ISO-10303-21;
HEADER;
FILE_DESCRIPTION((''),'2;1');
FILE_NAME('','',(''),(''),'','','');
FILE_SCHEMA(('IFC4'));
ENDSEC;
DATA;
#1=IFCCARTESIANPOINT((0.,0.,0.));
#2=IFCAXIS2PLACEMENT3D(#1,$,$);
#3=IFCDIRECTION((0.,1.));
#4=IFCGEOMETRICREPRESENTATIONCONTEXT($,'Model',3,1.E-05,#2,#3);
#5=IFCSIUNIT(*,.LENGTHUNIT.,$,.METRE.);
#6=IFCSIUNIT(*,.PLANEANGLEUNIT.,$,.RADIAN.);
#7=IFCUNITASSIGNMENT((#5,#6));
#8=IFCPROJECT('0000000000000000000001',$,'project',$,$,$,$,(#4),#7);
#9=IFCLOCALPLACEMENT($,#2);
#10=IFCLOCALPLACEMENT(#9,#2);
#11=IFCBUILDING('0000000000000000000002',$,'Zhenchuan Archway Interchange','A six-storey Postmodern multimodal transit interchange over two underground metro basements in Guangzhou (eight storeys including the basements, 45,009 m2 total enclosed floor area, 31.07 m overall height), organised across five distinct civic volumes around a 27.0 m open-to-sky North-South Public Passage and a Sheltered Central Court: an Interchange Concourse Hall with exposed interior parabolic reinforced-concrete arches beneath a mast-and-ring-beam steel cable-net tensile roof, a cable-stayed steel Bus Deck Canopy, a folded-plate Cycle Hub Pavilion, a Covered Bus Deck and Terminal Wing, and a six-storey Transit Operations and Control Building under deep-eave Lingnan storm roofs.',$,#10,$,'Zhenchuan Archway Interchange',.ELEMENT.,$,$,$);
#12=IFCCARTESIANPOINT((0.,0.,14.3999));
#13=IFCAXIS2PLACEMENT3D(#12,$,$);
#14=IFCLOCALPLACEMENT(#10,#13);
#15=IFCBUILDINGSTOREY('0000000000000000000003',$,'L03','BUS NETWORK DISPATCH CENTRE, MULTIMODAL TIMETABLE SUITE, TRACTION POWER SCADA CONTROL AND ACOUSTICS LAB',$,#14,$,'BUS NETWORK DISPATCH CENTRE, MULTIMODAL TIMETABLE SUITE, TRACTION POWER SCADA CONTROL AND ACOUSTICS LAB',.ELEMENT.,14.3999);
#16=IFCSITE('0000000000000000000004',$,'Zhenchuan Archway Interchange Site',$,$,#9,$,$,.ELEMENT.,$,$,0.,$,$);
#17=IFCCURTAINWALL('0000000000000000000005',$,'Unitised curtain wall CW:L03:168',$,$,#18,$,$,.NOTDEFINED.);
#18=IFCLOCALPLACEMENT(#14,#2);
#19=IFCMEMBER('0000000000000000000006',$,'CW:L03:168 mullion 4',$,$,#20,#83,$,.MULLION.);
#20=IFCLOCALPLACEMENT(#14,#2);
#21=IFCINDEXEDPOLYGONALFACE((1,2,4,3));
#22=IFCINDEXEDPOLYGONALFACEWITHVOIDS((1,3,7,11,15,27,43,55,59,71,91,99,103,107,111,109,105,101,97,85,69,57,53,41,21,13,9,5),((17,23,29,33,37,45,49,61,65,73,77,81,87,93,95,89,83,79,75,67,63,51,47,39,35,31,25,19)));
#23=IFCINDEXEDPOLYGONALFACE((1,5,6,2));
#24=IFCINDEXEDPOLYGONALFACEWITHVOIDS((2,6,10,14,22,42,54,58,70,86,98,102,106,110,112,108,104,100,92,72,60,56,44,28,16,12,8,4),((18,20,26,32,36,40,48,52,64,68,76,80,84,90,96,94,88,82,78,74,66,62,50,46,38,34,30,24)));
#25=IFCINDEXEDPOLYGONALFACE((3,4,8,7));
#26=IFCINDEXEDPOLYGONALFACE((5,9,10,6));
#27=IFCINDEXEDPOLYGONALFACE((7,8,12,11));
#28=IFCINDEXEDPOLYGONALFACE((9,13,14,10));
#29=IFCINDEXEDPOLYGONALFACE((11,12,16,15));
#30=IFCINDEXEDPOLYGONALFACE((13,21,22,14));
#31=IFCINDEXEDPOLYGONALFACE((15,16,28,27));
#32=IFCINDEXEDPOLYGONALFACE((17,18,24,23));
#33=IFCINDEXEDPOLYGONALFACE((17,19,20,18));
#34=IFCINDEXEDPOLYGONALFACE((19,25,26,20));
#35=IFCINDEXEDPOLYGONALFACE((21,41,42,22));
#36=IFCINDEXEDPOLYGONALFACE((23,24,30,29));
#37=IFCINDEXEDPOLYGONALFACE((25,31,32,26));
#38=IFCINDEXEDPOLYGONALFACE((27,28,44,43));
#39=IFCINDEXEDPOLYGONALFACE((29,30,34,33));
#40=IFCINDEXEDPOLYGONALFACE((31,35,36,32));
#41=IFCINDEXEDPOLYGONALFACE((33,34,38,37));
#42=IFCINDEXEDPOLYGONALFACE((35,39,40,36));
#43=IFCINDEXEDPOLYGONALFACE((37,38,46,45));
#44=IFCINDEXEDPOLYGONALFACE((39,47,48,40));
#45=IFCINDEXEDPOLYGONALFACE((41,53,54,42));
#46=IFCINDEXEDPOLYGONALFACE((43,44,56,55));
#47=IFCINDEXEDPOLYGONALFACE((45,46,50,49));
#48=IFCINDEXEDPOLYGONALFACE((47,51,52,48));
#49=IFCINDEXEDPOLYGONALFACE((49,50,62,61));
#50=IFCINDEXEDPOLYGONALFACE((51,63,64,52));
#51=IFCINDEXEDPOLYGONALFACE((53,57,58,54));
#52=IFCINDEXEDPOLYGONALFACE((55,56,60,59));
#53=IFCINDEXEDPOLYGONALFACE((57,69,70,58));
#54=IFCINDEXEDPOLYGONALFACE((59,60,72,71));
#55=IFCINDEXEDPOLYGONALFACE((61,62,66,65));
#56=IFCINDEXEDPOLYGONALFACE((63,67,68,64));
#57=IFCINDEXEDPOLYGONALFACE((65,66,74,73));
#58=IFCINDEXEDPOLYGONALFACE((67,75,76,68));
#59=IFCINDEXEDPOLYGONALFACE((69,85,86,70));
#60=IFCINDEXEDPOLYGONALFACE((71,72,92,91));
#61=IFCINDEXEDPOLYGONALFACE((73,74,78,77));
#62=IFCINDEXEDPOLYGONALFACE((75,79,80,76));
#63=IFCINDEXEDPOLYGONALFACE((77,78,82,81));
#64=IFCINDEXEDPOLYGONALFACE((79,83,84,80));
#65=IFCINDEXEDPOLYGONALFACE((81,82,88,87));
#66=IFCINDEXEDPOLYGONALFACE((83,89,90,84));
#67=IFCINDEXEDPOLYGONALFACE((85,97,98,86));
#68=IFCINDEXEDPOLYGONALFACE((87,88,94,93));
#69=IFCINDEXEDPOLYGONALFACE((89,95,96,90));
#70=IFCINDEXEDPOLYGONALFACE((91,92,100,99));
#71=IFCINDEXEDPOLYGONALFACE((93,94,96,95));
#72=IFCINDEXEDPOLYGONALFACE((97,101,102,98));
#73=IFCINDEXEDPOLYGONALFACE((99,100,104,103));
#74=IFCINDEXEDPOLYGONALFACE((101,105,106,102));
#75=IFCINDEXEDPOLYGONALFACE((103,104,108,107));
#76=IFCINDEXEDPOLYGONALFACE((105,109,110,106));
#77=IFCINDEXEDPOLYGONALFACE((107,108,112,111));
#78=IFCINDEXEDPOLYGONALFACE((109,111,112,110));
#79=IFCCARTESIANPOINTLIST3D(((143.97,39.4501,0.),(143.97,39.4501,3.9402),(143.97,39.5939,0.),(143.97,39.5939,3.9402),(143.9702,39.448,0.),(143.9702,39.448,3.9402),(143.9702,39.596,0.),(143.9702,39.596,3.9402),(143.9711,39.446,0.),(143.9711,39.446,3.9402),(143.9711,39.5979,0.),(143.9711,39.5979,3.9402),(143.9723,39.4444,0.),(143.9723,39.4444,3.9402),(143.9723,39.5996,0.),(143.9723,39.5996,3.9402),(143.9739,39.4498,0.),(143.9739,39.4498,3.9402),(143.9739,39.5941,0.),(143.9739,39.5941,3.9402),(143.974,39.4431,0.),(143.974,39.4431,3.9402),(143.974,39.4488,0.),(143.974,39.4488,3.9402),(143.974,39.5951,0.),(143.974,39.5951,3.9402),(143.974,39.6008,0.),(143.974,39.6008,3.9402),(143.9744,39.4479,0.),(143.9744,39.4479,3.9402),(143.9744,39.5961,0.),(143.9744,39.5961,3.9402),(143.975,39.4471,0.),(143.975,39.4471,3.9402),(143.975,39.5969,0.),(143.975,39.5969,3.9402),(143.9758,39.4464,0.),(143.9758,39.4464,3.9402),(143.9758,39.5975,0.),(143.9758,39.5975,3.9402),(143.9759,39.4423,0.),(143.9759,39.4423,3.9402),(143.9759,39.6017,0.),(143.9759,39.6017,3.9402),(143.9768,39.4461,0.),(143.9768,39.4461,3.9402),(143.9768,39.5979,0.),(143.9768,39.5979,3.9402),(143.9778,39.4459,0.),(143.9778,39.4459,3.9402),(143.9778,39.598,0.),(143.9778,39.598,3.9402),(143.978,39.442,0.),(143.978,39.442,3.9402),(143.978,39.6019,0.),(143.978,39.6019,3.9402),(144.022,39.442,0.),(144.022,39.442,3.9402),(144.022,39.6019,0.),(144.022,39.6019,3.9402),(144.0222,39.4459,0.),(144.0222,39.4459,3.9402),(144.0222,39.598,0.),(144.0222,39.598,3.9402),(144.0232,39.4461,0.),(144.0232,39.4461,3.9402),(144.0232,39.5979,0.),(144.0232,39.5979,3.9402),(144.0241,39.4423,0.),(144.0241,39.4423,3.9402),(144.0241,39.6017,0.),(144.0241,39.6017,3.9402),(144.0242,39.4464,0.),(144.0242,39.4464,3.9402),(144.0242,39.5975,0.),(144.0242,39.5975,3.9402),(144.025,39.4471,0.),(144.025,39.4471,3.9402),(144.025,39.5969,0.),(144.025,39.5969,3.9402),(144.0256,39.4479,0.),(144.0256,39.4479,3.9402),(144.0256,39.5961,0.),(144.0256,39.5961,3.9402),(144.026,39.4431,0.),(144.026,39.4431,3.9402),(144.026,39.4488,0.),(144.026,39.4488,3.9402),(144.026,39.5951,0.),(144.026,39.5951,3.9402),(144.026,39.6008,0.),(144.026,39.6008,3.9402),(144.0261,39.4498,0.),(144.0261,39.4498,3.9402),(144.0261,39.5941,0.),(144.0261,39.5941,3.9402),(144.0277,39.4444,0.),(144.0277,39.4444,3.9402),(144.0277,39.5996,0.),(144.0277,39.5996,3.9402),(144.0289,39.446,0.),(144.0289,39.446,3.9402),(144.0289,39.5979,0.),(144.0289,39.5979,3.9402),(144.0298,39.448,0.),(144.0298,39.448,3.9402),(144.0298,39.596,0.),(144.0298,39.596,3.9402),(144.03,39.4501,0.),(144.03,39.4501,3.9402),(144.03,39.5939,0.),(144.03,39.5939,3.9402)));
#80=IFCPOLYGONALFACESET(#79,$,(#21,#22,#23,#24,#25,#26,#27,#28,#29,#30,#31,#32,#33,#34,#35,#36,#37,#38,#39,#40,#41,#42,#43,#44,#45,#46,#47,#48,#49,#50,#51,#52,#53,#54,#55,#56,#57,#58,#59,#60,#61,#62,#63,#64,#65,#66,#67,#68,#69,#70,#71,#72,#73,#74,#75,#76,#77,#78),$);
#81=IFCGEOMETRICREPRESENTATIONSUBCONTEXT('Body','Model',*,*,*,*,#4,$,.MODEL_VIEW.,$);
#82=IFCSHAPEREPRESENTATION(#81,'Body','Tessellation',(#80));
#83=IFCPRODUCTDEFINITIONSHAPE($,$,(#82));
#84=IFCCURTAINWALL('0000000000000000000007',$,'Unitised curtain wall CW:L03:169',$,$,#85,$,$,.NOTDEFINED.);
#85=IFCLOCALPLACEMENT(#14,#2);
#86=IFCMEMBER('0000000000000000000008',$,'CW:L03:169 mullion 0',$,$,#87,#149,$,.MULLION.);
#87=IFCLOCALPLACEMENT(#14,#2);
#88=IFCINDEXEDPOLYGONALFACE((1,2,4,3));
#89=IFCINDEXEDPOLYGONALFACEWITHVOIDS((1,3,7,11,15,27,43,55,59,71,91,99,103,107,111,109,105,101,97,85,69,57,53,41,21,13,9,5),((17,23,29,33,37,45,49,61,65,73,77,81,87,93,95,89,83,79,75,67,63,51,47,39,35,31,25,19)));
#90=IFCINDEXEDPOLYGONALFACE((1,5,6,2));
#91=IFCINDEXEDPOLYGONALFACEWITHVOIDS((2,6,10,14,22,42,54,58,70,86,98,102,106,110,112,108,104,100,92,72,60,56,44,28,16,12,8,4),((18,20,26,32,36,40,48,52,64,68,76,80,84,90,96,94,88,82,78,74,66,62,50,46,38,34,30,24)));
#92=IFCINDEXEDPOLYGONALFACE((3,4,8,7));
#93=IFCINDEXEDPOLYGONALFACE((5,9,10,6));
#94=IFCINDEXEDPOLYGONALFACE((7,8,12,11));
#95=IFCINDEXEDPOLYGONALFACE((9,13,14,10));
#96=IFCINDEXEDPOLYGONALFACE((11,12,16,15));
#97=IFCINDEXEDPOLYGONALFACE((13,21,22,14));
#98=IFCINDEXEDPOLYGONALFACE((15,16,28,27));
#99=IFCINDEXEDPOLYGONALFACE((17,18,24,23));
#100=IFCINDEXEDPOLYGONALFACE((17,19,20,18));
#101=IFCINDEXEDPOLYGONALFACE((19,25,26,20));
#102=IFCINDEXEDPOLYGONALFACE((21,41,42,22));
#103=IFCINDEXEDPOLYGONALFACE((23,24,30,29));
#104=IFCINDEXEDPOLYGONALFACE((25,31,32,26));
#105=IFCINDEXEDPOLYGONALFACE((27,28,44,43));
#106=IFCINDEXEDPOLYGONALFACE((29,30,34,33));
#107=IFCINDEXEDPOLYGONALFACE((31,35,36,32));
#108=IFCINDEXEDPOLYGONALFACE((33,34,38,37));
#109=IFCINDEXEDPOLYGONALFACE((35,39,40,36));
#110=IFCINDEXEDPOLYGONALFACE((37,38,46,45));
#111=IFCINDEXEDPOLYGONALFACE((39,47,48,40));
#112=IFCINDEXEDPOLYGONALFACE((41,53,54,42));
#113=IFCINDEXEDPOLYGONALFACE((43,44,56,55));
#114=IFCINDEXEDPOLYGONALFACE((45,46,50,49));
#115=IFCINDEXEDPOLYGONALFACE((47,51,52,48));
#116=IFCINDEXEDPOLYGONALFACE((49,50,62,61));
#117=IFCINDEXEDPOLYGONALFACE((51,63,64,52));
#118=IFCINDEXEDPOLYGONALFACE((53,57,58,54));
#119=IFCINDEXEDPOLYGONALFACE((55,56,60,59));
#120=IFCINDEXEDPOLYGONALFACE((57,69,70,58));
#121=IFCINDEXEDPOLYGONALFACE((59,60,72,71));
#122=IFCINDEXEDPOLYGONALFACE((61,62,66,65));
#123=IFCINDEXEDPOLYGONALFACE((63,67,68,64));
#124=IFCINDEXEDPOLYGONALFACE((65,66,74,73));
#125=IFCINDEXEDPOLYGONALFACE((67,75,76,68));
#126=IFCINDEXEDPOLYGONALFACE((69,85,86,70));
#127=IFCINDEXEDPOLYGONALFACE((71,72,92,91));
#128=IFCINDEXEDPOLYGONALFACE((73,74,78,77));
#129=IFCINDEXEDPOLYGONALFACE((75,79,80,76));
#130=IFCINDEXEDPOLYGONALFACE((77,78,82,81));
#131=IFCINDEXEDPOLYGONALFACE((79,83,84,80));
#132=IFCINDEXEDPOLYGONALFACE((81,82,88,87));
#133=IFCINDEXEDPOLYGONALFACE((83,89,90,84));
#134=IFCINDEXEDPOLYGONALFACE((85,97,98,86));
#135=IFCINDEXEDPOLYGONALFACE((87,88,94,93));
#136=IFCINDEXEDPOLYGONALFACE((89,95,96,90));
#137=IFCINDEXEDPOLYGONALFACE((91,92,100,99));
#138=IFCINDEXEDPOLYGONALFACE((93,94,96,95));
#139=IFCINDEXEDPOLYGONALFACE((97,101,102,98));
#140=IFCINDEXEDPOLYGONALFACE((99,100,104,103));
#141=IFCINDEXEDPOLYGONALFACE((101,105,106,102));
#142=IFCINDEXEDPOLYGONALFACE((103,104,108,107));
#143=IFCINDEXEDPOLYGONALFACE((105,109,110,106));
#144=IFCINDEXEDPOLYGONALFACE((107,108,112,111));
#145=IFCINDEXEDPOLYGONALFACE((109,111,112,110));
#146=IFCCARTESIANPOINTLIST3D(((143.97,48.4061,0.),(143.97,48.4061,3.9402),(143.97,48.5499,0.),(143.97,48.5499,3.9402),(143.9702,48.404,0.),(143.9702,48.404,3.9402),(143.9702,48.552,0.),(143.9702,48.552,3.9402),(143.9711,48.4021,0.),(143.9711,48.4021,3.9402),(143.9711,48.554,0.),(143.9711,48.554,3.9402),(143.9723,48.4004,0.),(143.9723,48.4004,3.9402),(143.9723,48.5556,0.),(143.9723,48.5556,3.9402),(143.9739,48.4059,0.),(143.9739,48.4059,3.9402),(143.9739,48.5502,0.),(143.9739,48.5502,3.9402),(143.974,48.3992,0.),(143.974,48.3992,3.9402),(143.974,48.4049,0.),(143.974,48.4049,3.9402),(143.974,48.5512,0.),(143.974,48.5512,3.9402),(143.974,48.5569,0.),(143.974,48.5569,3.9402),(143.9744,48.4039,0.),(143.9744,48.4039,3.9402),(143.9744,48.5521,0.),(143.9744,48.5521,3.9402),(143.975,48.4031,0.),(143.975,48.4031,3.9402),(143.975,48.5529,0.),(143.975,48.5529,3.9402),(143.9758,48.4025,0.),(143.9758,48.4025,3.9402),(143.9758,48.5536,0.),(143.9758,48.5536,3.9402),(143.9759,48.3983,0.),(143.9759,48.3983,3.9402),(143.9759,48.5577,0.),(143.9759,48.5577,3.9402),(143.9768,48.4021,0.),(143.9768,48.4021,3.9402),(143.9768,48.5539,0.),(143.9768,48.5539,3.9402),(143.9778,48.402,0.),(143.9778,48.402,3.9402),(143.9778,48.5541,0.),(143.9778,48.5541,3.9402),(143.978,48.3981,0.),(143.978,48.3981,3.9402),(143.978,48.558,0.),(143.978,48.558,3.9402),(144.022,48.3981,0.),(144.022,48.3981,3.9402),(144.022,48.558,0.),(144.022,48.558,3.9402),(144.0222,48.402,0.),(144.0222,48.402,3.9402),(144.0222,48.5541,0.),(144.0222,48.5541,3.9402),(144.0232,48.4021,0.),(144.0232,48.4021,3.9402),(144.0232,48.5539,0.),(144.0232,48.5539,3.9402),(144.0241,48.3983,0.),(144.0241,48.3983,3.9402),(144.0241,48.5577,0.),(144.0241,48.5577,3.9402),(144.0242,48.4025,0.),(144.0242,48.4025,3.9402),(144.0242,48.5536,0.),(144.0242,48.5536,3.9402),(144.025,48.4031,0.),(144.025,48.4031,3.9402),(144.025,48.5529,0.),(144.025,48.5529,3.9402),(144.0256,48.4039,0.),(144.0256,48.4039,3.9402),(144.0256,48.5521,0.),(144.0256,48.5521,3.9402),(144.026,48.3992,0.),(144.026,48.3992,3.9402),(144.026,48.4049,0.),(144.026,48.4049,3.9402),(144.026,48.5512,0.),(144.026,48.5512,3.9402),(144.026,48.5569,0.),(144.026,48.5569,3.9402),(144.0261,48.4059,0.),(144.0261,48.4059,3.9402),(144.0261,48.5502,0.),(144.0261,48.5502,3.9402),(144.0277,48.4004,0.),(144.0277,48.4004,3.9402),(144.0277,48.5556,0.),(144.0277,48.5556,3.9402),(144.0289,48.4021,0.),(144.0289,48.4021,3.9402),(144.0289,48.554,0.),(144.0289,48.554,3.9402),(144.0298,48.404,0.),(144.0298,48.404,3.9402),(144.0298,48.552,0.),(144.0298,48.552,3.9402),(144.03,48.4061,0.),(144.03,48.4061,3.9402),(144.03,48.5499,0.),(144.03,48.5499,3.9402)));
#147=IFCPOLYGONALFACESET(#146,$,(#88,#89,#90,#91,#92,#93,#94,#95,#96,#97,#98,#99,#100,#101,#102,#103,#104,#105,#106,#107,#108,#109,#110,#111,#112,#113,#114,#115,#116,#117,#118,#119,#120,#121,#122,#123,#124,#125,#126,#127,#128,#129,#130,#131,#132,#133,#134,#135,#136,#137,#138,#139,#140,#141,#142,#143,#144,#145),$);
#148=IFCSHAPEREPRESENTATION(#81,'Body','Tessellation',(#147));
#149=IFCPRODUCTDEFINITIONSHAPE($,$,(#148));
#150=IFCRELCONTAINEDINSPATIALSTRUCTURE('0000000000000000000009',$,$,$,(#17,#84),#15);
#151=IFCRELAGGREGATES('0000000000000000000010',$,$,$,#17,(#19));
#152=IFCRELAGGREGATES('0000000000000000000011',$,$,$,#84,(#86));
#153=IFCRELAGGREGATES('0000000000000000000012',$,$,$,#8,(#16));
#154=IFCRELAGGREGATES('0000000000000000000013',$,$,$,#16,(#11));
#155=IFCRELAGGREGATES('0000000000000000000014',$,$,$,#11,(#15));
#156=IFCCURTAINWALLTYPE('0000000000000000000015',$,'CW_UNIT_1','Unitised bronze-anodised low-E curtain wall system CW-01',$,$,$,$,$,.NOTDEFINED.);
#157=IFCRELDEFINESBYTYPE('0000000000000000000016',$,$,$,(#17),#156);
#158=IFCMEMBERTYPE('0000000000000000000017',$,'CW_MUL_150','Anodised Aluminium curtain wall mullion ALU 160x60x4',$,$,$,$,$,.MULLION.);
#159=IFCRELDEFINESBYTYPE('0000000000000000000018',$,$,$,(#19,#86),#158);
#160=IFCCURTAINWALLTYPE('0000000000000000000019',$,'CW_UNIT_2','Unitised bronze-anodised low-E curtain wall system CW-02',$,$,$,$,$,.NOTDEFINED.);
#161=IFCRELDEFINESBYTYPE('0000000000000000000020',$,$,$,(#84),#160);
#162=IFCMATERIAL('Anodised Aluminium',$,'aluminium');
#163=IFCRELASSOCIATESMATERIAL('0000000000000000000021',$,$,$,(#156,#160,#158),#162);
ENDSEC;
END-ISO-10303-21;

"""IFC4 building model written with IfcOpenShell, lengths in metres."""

from ifc_helpers import new_model, si_unit, direction, frame, origin, origin_2d, place, context, subcontext, project, spatial, hollow_rectangle, extrude, material, material_profile, profile_set, type_object, element, aggregate, save


model = new_model("IFC4")

# Units and contexts
model_context = context("Model", 3, precision=1e-05, world=origin(), true_north=direction((0.0, 1.0)))
body_context = subcontext(model_context, "Body", "Model", "MODEL_VIEW")
ifc_project = project(units=[si_unit("LENGTHUNIT", "METRE"), si_unit("PLANEANGLEUNIT", "RADIAN")], contexts=[model_context])

# Site, building, storey
site_placement = place(None, origin())
site = spatial("IfcSite", under=ifc_project, at=site_placement, Name="Zhenchuan Archway Interchange Site", CompositionType="ELEMENT", RefElevation=0.0)
building_placement = place(site_placement, origin())
building = spatial("IfcBuilding", under=site, at=building_placement, Name="Zhenchuan Archway Interchange", Description="A six-storey Postmodern multimodal transit interchange over two underground metro basements in Guangzhou (eight storeys including the basements, 45,009 m2 total enclosed floor area, 31.07 m overall height), organised across five distinct civic volumes around a 27.0 m open-to-sky North-South Public Passage and a Sheltered Central Court: an Interchange Concourse Hall with exposed interior parabolic reinforced-concrete arches beneath a mast-and-ring-beam steel cable-net tensile roof, a cable-stayed steel Bus Deck Canopy, a folded-plate Cycle Hub Pavilion, a Covered Bus Deck and Terminal Wing, and a six-storey Transit Operations and Control Building under deep-eave Lingnan storm roofs.", LongName="Zhenchuan Archway Interchange", CompositionType="ELEMENT")
storey_placement = place(building_placement, frame((0.0, 0.0, 14.3999)))
storey = spatial("IfcBuildingStorey", under=building, at=storey_placement, Name="L03", Description="BUS NETWORK DISPATCH CENTRE, MULTIMODAL TIMETABLE SUITE, TRACTION POWER SCADA CONTROL AND ACOUSTICS LAB", LongName="BUS NETWORK DISPATCH CENTRE, MULTIMODAL TIMETABLE SUITE, TRACTION POWER SCADA CONTROL AND ACOUSTICS LAB", CompositionType="ELEMENT", Elevation=14.3999)

# Curtain walls, members
ifc_material_1 = material(Name="Anodised Aluminium", Category="aluminium")
curtain_wall_type_1 = type_object("IfcCurtainWallType", Name="CW_UNIT_1", Description="Unitised bronze-anodised low-E curtain wall system CW-01", PredefinedType="NOTDEFINED", material=ifc_material_1)
curtain_wall_1_placement = place(storey_placement, origin())
curtain_wall_1 = element("IfcCurtainWall", 1, at=curtain_wall_1_placement, inside=storey, type_object=curtain_wall_type_1, Name="Unitised curtain wall CW:L03:168", PredefinedType="NOTDEFINED")
ifc_material_profile_1 = material_profile(ifc_material_1, hollow_rectangle(XDim=0.0601, YDim=0.1599, WallThickness=0.0039, InnerFilletRadius=0.0039, OuterFilletRadius=0.0081, at=origin_2d()), Name="ALU 160x60x4")
ifc_profile_set_1 = profile_set([ifc_material_profile_1], Name="Anodised Aluminium")
member_type_1 = type_object("IfcMemberType", Name="CW_MUL_150", Description="Anodised Aluminium curtain wall mullion ALU 160x60x4", PredefinedType="MULLION", material=ifc_profile_set_1)
member_1_placement = place(storey_placement, frame((144.0, 39.522, 0.0), z_axis=(0.0, 0.0, 1.0), x_axis=(1.0, 0.0, 0.0)))
member_1 = element("IfcMember", 2, at=member_1_placement, type_object=member_type_1, Name="CW:L03:168 mullion 4", PredefinedType="MULLION", context=body_context, shape_type="SweptSolid", body=[
    extrude(hollow_rectangle(XDim=0.0601, YDim=0.1599, WallThickness=0.0039, InnerFilletRadius=0.0039, OuterFilletRadius=0.0081, at=origin_2d()), origin(), (0.0, 0.0, 1.0), 3.9402),
])
curtain_wall_type_2 = type_object("IfcCurtainWallType", Name="CW_UNIT_2", Description="Unitised bronze-anodised low-E curtain wall system CW-02", PredefinedType="NOTDEFINED", material=ifc_material_1)
curtain_wall_2_placement = place(storey_placement, origin())
curtain_wall_2 = element("IfcCurtainWall", 3, at=curtain_wall_2_placement, inside=storey, type_object=curtain_wall_type_2, Name="Unitised curtain wall CW:L03:169", PredefinedType="NOTDEFINED")
member_2_placement = place(storey_placement, frame((144.0, 48.478, 0.0), z_axis=(0.0, 0.0, 1.0), x_axis=(1.0, 0.0, 0.0)))
member_2 = element("IfcMember", 4, at=member_2_placement, type_object=member_type_1, Name="CW:L03:169 mullion 0", PredefinedType="MULLION", context=body_context, shape_type="SweptSolid", body=[
    extrude(hollow_rectangle(XDim=0.0601, YDim=0.1599, WallThickness=0.0039, InnerFilletRadius=0.0039, OuterFilletRadius=0.0081, at=origin_2d()), origin(), (0.0, 0.0, 1.0), 3.9402),
])

aggregate(curtain_wall_1, [member_1])
aggregate(curtain_wall_2, [member_2])

save(model, "model.ifc")
